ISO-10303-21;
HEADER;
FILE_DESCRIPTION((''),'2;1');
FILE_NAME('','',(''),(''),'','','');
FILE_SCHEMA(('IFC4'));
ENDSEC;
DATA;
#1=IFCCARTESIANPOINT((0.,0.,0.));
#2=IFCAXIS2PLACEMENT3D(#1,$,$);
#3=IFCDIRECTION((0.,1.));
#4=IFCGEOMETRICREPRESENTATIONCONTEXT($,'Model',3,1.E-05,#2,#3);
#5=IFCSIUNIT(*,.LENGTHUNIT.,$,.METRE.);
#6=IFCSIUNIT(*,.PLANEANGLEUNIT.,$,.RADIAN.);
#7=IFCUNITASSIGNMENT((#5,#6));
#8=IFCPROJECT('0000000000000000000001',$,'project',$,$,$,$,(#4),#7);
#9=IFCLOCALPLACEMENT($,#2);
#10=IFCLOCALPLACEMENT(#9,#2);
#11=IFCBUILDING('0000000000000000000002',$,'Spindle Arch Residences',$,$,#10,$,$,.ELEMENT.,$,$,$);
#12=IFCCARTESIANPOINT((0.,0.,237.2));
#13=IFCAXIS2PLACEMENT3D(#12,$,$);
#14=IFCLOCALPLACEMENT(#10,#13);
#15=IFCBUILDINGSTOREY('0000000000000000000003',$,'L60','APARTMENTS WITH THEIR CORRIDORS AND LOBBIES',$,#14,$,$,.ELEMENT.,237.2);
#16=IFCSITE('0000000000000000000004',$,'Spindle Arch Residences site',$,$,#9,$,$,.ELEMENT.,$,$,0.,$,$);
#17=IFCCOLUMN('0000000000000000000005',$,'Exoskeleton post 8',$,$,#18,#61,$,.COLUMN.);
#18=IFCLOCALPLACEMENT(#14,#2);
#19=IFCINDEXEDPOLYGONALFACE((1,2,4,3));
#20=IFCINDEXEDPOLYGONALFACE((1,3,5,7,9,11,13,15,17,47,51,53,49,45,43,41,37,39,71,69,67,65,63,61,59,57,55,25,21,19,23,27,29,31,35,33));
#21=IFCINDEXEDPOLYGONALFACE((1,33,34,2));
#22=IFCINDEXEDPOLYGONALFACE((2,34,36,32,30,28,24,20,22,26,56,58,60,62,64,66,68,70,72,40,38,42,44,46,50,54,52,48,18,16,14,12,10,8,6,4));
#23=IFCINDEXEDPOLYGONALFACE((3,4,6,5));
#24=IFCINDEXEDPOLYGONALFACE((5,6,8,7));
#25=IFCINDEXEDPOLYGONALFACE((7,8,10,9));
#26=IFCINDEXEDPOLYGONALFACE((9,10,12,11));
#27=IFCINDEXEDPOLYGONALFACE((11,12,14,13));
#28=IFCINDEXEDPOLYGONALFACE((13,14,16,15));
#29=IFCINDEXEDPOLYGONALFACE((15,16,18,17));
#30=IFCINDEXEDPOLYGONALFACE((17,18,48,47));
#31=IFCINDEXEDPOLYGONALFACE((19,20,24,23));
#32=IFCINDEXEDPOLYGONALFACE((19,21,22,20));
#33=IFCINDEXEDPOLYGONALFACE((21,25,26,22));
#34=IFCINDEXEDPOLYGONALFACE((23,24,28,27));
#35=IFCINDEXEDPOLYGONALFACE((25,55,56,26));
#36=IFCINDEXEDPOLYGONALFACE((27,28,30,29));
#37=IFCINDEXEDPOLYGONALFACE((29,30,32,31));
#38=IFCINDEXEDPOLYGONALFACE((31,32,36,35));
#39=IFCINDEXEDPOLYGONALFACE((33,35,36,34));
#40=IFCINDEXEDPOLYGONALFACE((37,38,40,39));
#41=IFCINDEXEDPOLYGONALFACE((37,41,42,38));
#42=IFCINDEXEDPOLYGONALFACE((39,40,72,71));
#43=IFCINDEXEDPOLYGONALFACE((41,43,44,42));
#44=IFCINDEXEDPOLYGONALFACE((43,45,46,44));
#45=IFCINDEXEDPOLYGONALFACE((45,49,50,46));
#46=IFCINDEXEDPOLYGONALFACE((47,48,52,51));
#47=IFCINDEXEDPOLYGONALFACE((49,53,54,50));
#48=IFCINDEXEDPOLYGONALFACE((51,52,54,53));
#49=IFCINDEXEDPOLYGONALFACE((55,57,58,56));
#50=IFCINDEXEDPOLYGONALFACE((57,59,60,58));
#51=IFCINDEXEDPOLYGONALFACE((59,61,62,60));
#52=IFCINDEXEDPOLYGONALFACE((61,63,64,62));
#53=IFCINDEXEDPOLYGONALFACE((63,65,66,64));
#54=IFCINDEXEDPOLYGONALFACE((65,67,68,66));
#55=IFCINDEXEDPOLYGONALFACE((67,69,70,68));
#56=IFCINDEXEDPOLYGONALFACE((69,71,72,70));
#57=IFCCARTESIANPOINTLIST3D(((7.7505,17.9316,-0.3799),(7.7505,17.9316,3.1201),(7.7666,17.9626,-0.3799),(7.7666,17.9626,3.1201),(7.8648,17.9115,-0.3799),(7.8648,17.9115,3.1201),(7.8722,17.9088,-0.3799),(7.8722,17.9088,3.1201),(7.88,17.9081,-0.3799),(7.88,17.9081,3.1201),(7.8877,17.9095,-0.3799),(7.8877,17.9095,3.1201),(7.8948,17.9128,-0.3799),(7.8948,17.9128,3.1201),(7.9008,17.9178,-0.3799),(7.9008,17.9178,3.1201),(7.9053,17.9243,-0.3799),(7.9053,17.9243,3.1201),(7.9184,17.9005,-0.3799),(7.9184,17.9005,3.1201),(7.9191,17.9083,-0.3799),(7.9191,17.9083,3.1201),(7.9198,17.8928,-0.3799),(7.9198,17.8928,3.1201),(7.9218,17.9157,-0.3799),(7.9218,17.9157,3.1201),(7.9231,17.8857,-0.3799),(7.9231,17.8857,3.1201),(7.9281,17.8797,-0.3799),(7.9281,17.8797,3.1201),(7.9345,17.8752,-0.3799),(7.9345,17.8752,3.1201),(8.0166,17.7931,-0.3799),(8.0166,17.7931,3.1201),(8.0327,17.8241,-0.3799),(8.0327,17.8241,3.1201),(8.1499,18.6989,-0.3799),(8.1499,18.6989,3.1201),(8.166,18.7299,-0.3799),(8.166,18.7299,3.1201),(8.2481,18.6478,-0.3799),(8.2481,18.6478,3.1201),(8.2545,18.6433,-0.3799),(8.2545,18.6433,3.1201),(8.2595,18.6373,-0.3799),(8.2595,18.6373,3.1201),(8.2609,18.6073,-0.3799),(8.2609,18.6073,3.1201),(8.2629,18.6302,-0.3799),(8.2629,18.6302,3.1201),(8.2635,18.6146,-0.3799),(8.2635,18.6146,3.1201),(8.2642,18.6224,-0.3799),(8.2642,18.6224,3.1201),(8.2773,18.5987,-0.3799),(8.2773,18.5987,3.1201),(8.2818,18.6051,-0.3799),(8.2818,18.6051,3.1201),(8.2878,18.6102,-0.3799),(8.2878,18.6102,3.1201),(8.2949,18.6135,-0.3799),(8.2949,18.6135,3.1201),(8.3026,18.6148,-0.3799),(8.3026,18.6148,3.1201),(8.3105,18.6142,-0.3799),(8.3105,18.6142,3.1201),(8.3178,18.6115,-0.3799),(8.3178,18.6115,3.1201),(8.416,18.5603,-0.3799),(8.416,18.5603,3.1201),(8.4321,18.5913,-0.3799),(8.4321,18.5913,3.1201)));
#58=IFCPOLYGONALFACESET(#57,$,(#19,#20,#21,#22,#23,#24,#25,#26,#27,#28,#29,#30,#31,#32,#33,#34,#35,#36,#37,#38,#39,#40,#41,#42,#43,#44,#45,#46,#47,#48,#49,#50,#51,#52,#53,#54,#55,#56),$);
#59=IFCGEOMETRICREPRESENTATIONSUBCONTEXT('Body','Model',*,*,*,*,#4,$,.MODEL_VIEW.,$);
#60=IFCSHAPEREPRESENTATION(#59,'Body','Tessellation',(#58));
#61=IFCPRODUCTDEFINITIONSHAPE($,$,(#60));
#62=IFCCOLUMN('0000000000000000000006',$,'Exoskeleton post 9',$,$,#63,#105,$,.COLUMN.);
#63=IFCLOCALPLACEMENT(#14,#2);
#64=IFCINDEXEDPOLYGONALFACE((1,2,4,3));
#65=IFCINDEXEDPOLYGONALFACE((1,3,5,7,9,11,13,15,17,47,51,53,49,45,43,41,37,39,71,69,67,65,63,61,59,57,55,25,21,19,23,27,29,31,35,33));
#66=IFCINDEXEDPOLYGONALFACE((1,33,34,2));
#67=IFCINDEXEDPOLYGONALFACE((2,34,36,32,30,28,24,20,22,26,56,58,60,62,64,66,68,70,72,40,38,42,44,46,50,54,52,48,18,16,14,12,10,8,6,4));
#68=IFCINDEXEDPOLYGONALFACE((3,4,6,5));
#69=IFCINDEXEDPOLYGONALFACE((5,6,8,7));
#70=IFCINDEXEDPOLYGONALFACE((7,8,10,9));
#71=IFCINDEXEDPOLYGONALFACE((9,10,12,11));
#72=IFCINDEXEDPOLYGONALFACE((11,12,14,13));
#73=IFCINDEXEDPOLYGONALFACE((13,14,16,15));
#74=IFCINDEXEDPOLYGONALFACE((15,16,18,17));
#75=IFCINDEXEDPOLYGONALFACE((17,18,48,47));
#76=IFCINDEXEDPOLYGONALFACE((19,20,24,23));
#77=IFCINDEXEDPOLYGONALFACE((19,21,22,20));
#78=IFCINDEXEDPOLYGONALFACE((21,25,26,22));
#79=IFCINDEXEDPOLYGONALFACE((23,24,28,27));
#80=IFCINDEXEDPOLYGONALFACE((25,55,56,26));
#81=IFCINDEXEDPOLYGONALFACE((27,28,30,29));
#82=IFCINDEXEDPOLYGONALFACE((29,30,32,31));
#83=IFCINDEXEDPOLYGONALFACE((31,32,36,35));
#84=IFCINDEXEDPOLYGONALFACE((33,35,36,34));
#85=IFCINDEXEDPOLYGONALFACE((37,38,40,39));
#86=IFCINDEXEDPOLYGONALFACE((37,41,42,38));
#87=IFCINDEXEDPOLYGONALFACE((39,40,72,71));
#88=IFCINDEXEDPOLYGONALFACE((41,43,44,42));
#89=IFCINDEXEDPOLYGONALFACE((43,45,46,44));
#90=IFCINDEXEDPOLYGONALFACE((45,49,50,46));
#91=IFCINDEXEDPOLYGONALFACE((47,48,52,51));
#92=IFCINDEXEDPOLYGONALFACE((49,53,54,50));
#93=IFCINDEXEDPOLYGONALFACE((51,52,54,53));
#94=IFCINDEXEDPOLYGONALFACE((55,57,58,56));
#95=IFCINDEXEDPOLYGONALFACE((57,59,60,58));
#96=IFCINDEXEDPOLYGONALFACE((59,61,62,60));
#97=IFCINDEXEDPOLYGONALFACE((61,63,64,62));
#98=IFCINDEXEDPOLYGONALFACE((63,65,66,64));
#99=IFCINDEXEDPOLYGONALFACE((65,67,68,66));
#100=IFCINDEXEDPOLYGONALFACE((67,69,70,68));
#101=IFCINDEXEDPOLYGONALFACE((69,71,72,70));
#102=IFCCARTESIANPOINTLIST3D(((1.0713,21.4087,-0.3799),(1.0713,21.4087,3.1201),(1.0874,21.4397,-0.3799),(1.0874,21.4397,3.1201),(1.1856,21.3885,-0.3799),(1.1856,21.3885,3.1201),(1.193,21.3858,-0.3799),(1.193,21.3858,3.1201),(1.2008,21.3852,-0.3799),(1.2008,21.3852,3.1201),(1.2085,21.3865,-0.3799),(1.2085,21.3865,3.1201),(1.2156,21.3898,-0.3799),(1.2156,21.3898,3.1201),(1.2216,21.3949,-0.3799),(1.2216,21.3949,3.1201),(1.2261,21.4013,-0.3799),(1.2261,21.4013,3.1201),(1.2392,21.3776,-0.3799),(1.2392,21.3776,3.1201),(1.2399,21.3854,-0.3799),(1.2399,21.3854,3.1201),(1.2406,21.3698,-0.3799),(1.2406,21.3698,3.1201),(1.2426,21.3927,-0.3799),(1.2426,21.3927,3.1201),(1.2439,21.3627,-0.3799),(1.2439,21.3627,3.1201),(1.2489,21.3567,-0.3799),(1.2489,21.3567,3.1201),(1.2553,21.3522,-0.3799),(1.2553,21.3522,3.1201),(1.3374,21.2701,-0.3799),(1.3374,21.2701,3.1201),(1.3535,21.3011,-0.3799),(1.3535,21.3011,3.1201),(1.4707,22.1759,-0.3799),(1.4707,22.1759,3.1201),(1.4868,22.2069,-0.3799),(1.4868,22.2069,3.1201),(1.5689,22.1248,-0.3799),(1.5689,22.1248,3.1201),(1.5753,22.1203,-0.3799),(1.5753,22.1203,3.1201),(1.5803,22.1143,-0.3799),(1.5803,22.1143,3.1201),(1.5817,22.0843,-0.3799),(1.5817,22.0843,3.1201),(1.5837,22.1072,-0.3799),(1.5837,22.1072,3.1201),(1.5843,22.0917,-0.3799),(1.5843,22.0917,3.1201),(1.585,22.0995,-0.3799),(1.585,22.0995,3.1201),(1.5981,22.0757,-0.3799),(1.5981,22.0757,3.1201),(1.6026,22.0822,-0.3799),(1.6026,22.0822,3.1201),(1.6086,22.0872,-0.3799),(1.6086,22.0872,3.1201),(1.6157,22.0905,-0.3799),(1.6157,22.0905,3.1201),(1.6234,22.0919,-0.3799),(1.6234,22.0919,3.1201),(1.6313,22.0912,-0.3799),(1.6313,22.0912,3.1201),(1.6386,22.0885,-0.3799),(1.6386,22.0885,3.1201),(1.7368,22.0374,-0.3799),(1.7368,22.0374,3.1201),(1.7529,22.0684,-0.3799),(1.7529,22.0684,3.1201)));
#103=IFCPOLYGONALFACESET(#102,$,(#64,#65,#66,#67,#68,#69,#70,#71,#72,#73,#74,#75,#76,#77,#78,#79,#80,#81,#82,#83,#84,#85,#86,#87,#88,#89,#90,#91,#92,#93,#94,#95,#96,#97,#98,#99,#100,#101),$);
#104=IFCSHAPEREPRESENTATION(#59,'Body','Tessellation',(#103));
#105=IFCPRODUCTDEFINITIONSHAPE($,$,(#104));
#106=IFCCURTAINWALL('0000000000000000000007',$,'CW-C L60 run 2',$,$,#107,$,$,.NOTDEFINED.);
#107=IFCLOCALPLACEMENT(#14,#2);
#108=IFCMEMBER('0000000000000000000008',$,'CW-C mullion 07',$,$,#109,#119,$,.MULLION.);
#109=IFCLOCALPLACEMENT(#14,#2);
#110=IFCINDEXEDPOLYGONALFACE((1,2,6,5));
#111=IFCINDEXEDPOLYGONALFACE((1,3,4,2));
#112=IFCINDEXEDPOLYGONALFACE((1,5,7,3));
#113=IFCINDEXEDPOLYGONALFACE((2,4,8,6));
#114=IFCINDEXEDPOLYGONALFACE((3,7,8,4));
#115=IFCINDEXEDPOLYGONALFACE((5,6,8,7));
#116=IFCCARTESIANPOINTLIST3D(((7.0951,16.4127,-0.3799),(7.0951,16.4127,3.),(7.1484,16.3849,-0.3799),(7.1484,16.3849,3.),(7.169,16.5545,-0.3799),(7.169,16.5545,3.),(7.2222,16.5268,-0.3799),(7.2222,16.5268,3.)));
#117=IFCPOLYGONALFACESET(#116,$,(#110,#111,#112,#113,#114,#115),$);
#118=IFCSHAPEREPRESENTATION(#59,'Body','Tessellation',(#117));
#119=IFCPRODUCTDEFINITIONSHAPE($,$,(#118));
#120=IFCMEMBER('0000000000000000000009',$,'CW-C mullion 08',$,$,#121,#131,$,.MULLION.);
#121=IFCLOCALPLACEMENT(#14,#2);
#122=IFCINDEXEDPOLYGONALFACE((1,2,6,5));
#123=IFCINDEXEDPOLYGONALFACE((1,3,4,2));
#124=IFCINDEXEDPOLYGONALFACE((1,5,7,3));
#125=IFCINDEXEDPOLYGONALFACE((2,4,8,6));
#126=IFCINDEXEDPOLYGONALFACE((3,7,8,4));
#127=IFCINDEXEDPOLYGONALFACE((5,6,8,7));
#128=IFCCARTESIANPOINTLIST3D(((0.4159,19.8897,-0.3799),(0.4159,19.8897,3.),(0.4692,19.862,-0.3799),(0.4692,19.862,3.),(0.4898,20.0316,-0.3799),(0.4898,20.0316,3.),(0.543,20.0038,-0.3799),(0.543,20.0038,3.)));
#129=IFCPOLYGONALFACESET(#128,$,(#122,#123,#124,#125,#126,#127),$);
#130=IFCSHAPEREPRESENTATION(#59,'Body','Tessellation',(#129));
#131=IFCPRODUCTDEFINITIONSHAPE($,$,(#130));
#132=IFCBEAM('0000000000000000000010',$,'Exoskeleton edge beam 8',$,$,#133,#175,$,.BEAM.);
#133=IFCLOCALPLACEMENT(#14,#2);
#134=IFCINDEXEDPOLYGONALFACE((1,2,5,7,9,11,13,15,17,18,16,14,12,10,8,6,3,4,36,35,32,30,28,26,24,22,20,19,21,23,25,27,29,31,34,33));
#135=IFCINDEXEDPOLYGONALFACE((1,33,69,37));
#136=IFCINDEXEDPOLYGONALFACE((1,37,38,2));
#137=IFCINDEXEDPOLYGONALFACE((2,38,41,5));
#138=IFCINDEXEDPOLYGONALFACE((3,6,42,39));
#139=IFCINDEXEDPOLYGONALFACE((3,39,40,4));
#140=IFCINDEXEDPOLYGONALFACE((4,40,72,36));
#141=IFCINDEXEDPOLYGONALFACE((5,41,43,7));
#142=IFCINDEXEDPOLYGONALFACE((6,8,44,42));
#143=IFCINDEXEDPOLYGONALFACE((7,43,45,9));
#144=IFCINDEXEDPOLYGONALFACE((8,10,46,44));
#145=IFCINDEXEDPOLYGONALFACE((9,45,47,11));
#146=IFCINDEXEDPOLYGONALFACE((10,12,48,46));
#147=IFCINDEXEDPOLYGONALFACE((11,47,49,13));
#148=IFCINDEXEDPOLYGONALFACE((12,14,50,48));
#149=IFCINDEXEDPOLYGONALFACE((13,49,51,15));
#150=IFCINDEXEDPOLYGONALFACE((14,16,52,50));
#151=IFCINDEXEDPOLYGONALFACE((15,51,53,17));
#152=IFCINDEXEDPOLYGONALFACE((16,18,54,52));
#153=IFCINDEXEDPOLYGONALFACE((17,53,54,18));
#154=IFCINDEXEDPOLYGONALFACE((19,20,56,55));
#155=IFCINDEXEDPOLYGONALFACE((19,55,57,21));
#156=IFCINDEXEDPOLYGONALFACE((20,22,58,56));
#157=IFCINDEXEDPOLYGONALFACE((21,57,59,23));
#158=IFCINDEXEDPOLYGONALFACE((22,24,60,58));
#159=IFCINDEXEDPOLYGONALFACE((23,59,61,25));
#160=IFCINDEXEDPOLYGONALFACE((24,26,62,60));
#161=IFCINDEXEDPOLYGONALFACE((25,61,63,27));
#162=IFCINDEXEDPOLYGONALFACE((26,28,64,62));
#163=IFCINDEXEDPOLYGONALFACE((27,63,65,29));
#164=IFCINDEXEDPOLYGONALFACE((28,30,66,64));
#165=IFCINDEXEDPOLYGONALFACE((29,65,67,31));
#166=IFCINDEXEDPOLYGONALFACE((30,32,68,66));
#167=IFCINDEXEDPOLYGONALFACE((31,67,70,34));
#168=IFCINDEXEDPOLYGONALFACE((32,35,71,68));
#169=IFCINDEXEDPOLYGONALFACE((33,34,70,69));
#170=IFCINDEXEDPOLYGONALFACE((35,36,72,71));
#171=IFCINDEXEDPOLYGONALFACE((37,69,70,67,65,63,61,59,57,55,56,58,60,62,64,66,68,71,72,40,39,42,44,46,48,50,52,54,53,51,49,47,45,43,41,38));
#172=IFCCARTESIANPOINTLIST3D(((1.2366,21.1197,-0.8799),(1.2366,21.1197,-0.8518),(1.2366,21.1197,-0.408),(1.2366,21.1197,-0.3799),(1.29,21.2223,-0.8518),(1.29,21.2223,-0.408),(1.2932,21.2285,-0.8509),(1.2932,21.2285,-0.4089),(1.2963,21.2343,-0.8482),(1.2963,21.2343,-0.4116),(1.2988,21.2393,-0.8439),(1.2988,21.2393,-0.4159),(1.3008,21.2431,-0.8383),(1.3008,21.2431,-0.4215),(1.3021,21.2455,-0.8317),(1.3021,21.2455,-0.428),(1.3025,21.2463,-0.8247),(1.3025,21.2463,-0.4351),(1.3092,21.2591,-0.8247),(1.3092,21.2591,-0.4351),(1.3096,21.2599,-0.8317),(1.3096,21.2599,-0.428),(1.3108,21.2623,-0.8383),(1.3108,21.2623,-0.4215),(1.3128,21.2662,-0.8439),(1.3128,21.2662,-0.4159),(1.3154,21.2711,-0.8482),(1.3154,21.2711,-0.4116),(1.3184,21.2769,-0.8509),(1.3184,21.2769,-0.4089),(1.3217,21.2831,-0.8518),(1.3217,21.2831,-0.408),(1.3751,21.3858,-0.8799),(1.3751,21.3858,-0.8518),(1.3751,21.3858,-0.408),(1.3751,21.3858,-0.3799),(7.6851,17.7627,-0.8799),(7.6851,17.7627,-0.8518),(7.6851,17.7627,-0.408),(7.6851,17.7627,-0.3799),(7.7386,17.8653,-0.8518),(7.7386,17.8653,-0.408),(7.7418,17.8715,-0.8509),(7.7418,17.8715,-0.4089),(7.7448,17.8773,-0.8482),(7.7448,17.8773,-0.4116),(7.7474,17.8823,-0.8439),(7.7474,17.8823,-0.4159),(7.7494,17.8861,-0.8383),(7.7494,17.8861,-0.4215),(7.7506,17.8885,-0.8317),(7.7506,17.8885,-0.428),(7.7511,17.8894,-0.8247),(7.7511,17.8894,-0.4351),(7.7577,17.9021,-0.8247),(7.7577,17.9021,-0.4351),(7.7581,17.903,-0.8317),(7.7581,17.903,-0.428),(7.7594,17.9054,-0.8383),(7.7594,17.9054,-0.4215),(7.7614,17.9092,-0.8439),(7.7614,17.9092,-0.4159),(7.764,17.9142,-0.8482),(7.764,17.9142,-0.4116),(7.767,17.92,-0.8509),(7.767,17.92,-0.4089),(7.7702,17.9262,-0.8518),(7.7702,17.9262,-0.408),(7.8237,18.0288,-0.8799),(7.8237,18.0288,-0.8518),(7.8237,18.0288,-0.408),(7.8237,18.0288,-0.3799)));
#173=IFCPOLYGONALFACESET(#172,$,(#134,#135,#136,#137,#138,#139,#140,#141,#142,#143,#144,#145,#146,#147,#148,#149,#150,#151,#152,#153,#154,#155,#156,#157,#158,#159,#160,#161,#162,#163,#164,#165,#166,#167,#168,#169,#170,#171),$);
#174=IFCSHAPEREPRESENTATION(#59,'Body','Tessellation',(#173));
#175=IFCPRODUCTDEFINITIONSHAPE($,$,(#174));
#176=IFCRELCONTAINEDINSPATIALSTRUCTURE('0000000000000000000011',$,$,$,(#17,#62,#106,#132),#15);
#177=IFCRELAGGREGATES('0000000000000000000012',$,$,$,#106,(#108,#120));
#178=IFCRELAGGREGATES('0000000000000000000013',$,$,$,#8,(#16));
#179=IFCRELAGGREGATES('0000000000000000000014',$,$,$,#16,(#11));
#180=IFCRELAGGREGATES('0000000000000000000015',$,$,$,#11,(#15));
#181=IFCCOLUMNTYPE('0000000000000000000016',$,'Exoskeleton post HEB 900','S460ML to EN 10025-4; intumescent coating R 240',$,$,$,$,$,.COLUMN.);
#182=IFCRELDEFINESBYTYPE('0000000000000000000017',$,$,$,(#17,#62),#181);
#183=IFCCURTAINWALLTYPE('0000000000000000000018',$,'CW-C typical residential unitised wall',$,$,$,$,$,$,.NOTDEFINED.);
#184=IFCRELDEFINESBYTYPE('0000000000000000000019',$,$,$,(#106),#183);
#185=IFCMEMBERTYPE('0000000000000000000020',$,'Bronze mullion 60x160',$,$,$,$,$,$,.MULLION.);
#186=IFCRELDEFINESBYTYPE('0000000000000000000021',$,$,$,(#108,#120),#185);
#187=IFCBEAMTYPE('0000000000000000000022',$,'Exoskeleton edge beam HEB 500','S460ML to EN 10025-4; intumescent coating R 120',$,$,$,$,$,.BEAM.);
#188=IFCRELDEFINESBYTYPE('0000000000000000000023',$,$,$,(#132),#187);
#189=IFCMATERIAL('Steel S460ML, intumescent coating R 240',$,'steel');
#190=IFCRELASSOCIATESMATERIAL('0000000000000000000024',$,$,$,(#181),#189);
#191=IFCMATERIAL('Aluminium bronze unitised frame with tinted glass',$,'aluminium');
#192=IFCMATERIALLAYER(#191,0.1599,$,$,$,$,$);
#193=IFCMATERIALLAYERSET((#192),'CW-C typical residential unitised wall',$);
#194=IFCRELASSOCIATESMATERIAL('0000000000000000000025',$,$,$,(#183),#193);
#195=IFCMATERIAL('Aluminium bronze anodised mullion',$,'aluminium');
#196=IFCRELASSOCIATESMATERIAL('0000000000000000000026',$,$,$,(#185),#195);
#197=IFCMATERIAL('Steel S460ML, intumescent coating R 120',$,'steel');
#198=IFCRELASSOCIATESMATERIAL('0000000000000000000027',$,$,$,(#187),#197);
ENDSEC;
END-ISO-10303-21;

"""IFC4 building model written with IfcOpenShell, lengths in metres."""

from ifc_helpers import new_model, si_unit, direction, frame, origin, origin_2d, place, context, subcontext, project, spatial, rectangle, i_section, extrude, material, layer, layer_set, material_profile, profile_set, type_object, element, aggregate, save


model = new_model("IFC4")

# Units and contexts
model_context = context("Model", 3, precision=1e-05, world=origin(), true_north=direction((0.0, 1.0)))
body_context = subcontext(model_context, "Body", "Model", "MODEL_VIEW")
ifc_project = project(units=[si_unit("LENGTHUNIT", "METRE"), si_unit("PLANEANGLEUNIT", "RADIAN")], contexts=[model_context])

# Site, building, storey
site_placement = place(None, origin())
site = spatial("IfcSite", under=ifc_project, at=site_placement, Name="Spindle Arch Residences site", CompositionType="ELEMENT", RefElevation=0.0)
building_placement = place(site_placement, origin())
building = spatial("IfcBuilding", under=site, at=building_placement, Name="Spindle Arch Residences", CompositionType="ELEMENT")
storey_placement = place(building_placement, frame((0.0, 0.0, 237.2)))
storey = spatial("IfcBuildingStorey", under=building, at=storey_placement, Name="L60", Description="APARTMENTS WITH THEIR CORRIDORS AND LOBBIES", CompositionType="ELEMENT", Elevation=237.2)

# Columns
ifc_material_1 = material(Name="Steel S460ML, intumescent coating R 240", Category="steel")
ifc_material_profile_1 = material_profile(ifc_material_1, i_section(OverallWidth=0.3, OverallDepth=0.8999, WebThickness=0.0186, FlangeThickness=0.0349, FilletRadius=0.03, at=origin_2d()), Name="HEB 900")
ifc_profile_set_1 = profile_set([ifc_material_profile_1], Name="Steel S460ML, intumescent coating R 240")
column_type = type_object("IfcColumnType", Name="Exoskeleton post HEB 900", Description="S460ML to EN 10025-4; intumescent coating R 240", PredefinedType="COLUMN", material=ifc_profile_set_1)
for number, where, z_axis, x_axis, name in (
    (1, (8.0913, 18.2615, -0.3799), (0.0, 0.0, 1.0), (0.887011, -0.461749, 0.0), "Exoskeleton post 8"),
    (2, (1.4121, 21.7385, -0.3799), (0.0, 0.0, 1.0), (0.887011, -0.461749, 0.0), "Exoskeleton post 9"),
):
    element("IfcColumn", number, at=place(storey_placement, frame(where, z_axis=z_axis, x_axis=x_axis)), inside=storey, type_object=column_type, Name=name, PredefinedType="COLUMN", context=body_context, shape_type="SweptSolid", body=[
        extrude(i_section(OverallWidth=0.3, OverallDepth=0.8999, WebThickness=0.0186, FlangeThickness=0.0349, FilletRadius=0.03, at=origin_2d()), origin(), (0.0, 0.0, 1.0), 3.5),
    ])

# Curtain wall, members
ifc_material_2 = material(Name="Aluminium bronze unitised frame with tinted glass", Category="aluminium")
ifc_layer_1 = layer(ifc_material_2, 0.1599)
ifc_layer_set_1 = layer_set([ifc_layer_1], Name="CW-C typical residential unitised wall")
curtain_wall_type = type_object("IfcCurtainWallType", Name="CW-C typical residential unitised wall", PredefinedType="NOTDEFINED", material=ifc_layer_set_1)
curtain_wall_placement = place(storey_placement, origin())
curtain_wall = element("IfcCurtainWall", 3, at=curtain_wall_placement, inside=storey, type_object=curtain_wall_type, Name="CW-C L60 run 2", PredefinedType="NOTDEFINED")
ifc_material_3 = material(Name="Aluminium bronze anodised mullion", Category="aluminium")
ifc_material_profile_2 = material_profile(ifc_material_3, rectangle(XDim=0.1599, YDim=0.0601, at=origin_2d()), Name="MU 60x160")
ifc_profile_set_2 = profile_set([ifc_material_profile_2], Name="Aluminium bronze anodised mullion")
member_type = type_object("IfcMemberType", Name="Bronze mullion 60x160", PredefinedType="MULLION", material=ifc_profile_set_2)
member_1_placement = place(storey_placement, frame((7.1587, 16.4697, -0.3799), z_axis=(0.0, 0.0, 1.0), x_axis=(-0.461749, -0.887011, 0.0)))
member_1 = element("IfcMember", 4, at=member_1_placement, type_object=member_type, Name="CW-C mullion 07", PredefinedType="MULLION", context=body_context, shape_type="SweptSolid", body=[
    extrude(rectangle(XDim=0.1599, YDim=0.0601, at=origin_2d()), origin(), (0.0, 0.0, 1.0), 3.3799),
])
member_2_placement = place(storey_placement, frame((0.4795, 19.9468, -0.3799), z_axis=(0.0, 0.0, 1.0), x_axis=(-0.461749, -0.887011, 0.0)))
member_2 = element("IfcMember", 5, at=member_2_placement, type_object=member_type, Name="CW-C mullion 08", PredefinedType="MULLION", context=body_context, shape_type="SweptSolid", body=[
    extrude(rectangle(XDim=0.1599, YDim=0.0601, at=origin_2d()), origin(), (0.0, 0.0, 1.0), 3.3799),
])

# Beam
ifc_material_4 = material(Name="Steel S460ML, intumescent coating R 120", Category="steel")
ifc_material_profile_3 = material_profile(ifc_material_4, i_section(OverallWidth=0.3, OverallDepth=0.5, WebThickness=0.0144, FlangeThickness=0.0281, FilletRadius=0.0271, at=origin_2d()), Name="HEB 500")
ifc_profile_set_3 = profile_set([ifc_material_profile_3], Name="Steel S460ML, intumescent coating R 120")
beam_type_1 = type_object("IfcBeamType", Name="Exoskeleton edge beam HEB 500", Description="S460ML to EN 10025-4; intumescent coating R 120", PredefinedType="BEAM", material=ifc_profile_set_3)
for number, where, z_axis, x_axis, name in (
    (6, (7.7544, 17.8958, -0.6299), (-0.887007, 0.461756, 0.0), (-0.461756, -0.887007, 0.0), "Exoskeleton edge beam 8"),
):
    element("IfcBeam", number, at=place(storey_placement, frame(where, z_axis=z_axis, x_axis=x_axis)), inside=storey, type_object=beam_type_1, Name=name, PredefinedType="BEAM", context=body_context, shape_type="SweptSolid", body=[
        extrude(i_section(OverallWidth=0.3, OverallDepth=0.5, WebThickness=0.0144, FlangeThickness=0.0281, FilletRadius=0.0271, at=origin_2d()), origin(), (0.0, 0.0, 1.0), 7.27),
    ])

aggregate(curtain_wall, [member_1, member_2])

save(model, "model.ifc")
